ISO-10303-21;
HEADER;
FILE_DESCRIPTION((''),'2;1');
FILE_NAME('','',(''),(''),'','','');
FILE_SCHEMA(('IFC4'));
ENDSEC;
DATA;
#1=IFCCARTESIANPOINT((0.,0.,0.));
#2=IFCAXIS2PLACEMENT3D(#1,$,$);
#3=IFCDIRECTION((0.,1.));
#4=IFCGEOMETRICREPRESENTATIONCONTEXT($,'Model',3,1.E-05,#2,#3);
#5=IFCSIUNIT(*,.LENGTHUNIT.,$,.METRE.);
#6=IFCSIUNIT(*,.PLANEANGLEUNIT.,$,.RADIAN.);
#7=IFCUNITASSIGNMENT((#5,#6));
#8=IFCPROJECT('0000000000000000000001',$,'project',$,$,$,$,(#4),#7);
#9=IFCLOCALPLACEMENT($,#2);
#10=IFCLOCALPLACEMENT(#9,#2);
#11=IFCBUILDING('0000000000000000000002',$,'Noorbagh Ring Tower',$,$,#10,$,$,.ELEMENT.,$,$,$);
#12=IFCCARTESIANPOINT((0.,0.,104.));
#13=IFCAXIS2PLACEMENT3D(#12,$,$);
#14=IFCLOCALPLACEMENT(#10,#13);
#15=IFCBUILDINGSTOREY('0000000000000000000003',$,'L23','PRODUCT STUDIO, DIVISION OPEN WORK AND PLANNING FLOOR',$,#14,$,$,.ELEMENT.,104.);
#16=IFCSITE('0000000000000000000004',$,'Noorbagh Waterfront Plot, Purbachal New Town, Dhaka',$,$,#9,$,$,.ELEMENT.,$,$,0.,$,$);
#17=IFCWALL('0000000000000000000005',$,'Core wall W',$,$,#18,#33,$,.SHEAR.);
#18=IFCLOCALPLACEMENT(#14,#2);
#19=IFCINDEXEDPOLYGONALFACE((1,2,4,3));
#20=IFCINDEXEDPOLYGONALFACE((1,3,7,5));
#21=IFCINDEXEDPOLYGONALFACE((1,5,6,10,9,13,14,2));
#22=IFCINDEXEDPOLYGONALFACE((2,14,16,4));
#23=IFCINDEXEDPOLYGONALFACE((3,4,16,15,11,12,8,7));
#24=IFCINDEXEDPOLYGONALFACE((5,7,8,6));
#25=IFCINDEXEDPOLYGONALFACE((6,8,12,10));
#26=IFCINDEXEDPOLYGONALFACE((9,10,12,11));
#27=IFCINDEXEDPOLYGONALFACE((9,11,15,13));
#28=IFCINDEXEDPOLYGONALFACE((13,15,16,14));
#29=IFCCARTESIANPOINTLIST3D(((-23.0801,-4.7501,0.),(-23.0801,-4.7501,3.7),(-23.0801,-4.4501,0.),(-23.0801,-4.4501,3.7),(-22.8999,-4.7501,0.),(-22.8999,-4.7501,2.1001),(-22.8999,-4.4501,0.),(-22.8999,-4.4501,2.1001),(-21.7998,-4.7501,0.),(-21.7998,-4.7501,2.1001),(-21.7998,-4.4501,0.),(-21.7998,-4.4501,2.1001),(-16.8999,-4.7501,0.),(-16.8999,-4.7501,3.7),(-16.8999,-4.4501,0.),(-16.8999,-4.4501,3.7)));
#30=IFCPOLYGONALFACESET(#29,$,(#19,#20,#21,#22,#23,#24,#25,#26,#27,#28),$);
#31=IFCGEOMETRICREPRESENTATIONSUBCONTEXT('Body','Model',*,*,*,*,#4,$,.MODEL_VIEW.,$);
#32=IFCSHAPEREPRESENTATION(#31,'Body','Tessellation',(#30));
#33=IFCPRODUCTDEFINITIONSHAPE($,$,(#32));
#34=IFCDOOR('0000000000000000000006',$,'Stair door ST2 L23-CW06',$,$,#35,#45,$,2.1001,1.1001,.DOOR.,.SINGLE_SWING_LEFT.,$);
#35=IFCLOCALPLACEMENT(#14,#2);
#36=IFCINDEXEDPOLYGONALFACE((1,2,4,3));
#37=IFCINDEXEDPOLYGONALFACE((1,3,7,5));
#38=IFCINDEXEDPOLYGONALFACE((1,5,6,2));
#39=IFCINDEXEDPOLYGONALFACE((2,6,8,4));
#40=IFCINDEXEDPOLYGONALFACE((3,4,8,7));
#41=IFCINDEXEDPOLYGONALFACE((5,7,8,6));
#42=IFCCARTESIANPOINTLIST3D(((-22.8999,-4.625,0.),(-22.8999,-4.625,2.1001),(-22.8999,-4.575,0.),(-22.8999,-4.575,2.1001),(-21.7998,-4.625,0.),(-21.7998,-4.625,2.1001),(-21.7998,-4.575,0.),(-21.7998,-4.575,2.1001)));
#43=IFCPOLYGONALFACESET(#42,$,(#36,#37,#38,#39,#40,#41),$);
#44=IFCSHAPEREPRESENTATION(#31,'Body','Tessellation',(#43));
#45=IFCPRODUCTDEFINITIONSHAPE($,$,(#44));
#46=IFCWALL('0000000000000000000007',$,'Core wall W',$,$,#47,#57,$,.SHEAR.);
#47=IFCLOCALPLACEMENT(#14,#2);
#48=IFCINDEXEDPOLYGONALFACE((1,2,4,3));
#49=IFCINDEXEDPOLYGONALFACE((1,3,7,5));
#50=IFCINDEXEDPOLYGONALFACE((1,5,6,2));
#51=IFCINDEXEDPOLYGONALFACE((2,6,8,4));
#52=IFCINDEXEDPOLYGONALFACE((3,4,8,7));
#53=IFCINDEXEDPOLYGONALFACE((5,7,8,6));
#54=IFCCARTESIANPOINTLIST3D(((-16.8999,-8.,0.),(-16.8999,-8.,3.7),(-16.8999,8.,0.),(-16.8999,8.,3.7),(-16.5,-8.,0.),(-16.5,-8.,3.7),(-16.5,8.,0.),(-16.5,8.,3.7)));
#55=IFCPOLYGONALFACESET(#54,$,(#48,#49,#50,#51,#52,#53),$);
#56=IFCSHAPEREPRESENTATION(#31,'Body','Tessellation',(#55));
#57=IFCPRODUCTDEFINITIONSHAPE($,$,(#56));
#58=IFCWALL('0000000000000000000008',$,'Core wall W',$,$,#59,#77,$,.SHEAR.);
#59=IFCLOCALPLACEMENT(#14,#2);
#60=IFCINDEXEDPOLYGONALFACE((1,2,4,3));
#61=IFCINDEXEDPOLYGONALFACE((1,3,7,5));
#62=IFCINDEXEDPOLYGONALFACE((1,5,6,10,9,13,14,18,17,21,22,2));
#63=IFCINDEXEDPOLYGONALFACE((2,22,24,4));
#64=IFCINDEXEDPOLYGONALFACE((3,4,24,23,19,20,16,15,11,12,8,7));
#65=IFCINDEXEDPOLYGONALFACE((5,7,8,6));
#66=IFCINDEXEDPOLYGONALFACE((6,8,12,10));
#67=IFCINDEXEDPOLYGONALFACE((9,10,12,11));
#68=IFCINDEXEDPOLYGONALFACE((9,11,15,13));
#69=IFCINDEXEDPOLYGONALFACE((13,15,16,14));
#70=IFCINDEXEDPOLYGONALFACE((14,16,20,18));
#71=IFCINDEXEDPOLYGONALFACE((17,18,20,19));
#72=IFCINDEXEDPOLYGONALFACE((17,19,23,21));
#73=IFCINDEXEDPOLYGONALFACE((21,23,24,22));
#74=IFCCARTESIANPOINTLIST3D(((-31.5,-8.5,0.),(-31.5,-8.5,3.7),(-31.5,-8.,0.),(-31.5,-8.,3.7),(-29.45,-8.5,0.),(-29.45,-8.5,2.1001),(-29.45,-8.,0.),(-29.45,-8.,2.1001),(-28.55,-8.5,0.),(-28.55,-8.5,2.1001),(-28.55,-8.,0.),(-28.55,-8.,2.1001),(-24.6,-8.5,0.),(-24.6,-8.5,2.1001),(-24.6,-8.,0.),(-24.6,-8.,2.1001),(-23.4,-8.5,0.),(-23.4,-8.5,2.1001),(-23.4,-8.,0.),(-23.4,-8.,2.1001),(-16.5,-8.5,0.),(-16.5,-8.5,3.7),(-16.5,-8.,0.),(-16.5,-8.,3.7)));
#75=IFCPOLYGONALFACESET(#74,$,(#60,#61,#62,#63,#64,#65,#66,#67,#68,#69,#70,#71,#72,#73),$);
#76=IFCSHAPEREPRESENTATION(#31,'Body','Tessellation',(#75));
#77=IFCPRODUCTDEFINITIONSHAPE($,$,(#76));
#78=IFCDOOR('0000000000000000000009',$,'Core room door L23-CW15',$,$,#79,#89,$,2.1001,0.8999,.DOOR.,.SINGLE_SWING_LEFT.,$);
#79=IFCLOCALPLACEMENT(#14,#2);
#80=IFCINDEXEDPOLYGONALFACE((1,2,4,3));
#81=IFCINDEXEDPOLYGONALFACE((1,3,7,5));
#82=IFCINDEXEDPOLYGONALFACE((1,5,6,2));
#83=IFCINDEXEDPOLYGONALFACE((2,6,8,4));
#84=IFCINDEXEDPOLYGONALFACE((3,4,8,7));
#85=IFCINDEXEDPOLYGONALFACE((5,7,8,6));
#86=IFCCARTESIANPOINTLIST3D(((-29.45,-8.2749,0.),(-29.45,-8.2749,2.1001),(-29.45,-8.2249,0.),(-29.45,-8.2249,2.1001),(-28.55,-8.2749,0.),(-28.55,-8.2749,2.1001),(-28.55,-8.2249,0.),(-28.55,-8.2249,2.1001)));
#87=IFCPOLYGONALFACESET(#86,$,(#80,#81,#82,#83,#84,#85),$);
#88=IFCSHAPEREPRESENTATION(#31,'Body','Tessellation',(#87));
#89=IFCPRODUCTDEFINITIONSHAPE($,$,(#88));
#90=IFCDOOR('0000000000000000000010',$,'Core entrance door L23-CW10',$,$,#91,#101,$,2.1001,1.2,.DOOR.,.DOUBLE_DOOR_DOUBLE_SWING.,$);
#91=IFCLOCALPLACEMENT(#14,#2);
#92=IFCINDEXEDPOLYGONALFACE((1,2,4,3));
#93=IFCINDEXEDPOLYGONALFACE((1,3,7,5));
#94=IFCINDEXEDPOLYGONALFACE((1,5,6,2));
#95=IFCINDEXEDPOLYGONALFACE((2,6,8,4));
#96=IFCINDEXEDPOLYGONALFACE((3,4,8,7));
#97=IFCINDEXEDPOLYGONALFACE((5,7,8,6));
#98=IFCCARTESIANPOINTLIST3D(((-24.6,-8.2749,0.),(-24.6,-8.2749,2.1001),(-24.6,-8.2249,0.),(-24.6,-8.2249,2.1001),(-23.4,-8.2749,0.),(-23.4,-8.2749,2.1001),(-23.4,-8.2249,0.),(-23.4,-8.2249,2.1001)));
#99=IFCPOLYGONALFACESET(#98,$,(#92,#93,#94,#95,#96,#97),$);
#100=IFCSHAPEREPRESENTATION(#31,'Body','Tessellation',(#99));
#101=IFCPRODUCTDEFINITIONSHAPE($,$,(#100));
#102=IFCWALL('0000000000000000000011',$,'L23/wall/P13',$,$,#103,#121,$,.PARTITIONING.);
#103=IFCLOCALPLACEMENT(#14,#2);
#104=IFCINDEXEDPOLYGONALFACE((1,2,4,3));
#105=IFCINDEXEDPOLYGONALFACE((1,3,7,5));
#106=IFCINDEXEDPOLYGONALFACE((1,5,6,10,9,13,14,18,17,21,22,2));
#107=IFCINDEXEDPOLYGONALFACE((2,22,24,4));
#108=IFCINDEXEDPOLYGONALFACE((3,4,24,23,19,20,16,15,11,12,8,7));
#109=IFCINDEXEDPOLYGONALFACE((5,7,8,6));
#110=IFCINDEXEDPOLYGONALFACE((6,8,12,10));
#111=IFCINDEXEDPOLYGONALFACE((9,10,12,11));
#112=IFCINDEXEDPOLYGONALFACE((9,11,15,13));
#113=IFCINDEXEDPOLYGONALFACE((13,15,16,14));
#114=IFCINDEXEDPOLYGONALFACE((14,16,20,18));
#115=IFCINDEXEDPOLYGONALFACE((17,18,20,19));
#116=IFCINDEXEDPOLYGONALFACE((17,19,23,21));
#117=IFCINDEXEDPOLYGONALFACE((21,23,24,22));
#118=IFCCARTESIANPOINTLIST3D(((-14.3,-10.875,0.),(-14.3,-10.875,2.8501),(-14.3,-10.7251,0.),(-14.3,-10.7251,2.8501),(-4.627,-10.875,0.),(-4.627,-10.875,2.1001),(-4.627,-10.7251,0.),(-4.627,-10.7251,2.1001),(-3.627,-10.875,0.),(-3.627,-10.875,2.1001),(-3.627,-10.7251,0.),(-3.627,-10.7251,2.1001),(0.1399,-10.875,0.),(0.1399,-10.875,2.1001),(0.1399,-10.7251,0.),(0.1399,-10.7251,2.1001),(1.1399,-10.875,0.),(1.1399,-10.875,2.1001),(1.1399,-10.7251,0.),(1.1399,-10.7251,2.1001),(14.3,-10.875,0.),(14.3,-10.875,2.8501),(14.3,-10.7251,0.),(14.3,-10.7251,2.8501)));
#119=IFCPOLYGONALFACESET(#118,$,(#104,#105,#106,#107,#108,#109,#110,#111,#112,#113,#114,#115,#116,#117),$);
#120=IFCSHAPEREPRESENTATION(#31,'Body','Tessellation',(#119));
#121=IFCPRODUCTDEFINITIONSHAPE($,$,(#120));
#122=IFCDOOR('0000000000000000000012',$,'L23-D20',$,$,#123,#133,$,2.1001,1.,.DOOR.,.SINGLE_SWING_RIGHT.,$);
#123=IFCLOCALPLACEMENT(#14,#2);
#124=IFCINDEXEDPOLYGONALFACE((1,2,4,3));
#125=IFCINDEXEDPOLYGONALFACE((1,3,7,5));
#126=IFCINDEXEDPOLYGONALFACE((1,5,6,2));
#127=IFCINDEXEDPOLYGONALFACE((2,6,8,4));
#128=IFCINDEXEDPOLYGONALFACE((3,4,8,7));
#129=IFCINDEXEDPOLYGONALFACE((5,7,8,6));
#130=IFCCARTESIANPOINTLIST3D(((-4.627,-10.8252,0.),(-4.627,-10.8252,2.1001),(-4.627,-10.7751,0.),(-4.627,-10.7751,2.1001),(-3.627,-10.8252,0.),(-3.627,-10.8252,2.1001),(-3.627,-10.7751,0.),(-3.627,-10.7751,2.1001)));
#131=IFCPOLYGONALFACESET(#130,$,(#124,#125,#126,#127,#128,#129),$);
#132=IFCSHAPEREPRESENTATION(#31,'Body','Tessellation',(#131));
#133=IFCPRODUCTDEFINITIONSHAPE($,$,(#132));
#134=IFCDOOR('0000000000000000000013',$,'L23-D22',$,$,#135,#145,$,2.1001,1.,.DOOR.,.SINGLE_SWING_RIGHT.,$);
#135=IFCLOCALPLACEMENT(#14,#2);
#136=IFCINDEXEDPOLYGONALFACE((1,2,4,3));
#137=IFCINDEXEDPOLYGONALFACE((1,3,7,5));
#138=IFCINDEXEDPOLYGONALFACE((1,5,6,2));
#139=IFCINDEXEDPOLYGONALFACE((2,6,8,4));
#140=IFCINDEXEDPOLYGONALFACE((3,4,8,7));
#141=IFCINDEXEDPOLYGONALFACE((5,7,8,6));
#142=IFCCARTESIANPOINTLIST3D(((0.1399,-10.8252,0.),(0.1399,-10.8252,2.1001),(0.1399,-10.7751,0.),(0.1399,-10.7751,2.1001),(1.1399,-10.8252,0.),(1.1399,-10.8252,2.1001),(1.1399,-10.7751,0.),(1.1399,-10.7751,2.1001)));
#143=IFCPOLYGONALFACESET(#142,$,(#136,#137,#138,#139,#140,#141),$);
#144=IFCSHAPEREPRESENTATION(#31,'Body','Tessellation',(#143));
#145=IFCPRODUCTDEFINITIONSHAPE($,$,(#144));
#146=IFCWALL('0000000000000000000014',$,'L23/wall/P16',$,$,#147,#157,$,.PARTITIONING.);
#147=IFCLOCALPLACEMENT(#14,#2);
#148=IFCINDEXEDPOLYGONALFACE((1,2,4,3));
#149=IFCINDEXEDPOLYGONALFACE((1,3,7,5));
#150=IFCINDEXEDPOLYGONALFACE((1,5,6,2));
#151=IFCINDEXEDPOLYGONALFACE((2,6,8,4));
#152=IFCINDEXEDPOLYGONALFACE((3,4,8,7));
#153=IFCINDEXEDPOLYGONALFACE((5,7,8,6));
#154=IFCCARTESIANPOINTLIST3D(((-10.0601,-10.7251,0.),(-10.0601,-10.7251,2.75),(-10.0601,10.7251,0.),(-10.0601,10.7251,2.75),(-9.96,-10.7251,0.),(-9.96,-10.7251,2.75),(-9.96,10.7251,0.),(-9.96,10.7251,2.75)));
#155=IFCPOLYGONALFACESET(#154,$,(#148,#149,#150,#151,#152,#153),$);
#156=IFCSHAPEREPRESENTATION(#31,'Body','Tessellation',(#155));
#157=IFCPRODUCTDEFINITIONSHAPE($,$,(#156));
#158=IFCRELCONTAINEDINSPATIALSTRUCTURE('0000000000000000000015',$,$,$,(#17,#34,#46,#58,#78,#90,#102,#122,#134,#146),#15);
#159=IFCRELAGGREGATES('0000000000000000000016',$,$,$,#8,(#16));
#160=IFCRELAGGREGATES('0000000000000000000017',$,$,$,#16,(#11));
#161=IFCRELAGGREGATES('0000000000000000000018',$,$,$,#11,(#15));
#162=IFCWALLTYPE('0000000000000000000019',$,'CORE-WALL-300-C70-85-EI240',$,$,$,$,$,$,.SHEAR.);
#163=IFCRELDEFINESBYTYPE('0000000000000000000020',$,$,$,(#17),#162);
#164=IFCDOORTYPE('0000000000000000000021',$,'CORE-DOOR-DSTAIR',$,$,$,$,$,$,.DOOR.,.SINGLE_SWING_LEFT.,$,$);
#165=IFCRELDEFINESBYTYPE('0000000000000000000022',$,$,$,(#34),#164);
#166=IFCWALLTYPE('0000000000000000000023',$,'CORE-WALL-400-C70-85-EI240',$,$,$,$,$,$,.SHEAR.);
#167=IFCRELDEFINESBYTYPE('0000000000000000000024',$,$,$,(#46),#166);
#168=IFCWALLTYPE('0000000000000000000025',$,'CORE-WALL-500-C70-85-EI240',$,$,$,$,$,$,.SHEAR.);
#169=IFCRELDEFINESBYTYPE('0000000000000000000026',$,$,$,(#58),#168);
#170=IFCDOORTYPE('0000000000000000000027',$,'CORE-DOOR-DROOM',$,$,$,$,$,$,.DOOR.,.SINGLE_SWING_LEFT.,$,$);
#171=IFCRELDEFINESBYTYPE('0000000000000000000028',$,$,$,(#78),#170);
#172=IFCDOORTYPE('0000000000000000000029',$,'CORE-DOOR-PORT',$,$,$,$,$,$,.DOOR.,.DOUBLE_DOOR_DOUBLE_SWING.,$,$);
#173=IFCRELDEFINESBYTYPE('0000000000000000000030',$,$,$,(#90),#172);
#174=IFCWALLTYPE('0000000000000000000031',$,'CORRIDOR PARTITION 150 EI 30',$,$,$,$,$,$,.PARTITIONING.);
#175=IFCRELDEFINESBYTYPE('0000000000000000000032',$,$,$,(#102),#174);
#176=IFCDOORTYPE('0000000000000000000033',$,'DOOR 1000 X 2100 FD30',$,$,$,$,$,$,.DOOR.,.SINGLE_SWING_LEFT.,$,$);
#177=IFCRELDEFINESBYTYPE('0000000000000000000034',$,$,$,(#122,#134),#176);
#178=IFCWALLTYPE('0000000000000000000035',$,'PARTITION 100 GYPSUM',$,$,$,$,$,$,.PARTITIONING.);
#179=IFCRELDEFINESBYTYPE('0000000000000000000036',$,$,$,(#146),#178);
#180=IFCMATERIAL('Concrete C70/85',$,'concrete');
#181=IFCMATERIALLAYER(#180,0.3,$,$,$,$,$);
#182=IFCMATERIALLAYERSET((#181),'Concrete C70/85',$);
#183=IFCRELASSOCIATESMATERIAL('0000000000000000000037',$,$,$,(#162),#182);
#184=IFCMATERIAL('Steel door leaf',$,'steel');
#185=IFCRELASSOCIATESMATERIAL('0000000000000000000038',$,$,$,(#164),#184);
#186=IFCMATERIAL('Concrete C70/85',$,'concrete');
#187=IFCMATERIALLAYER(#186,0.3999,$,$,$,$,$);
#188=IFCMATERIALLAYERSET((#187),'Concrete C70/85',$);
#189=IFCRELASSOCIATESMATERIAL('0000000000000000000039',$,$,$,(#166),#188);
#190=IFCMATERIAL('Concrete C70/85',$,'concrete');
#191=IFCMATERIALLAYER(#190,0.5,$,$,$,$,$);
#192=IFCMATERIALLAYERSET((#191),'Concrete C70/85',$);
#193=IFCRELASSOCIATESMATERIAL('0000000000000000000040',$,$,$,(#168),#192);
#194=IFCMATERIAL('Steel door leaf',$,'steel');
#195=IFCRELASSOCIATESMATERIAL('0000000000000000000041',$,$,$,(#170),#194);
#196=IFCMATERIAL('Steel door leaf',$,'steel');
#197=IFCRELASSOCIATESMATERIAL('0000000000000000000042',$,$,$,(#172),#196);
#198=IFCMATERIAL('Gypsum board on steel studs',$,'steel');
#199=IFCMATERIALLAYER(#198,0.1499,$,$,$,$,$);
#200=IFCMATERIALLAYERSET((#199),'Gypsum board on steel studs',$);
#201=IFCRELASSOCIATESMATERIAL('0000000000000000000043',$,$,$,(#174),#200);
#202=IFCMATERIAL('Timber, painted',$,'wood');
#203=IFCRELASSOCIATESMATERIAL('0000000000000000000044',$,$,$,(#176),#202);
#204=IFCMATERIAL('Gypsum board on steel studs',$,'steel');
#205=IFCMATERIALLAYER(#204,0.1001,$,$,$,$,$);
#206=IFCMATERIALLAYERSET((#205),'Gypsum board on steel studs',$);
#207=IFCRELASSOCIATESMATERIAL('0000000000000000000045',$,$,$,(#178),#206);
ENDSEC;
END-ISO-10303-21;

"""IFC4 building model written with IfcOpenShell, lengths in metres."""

from ifc_helpers import new_model, si_unit, direction, frame, frame_2d, origin, place, context, subcontext, project, spatial, rectangle, extrude, material, layer, layer_set, type_object, element, fill, save


model = new_model("IFC4")

# Units and contexts
model_context = context("Model", 3, precision=1e-05, world=origin(), true_north=direction((0.0, 1.0)))
body_context = subcontext(model_context, "Body", "Model", "MODEL_VIEW")
ifc_project = project(units=[si_unit("LENGTHUNIT", "METRE"), si_unit("PLANEANGLEUNIT", "RADIAN")], contexts=[model_context])

# Site, building, storey
site_placement = place(None, origin())
site = spatial("IfcSite", under=ifc_project, at=site_placement, Name="Noorbagh Waterfront Plot, Purbachal New Town, Dhaka", CompositionType="ELEMENT", RefElevation=0.0)
building_placement = place(site_placement, origin())
building = spatial("IfcBuilding", under=site, at=building_placement, Name="Noorbagh Ring Tower", CompositionType="ELEMENT")
storey_placement = place(building_placement, frame((0.0, 0.0, 104.0)))
storey = spatial("IfcBuildingStorey", under=building, at=storey_placement, Name="L23", Description="PRODUCT STUDIO, DIVISION OPEN WORK AND PLANNING FLOOR", CompositionType="ELEMENT", Elevation=104.0)

# Wall, opening, door
ifc_material_1 = material(Name="Concrete C70/85", Category="concrete")
ifc_layer_1 = layer(ifc_material_1, 0.3)
ifc_layer_set_1 = layer_set([ifc_layer_1], Name="Concrete C70/85")
wall_type_1 = type_object("IfcWallType", Name="CORE-WALL-300-C70-85-EI240", PredefinedType="SHEAR", material=ifc_layer_set_1)
wall_1_placement = place(storey_placement, frame((-16.8999, -4.6001, 0.0), z_axis=(0.0, 0.0, 1.0), x_axis=(-1.0, 0.0, 0.0)))
wall_1 = element("IfcWall", 1, at=wall_1_placement, inside=storey, type_object=wall_type_1, Name="Core wall W", PredefinedType="SHEAR", context=body_context, shape_type="SweptSolid", body=[
    extrude(rectangle(XDim=6.1802, YDim=0.3, at=frame_2d((3.0901, 0.0))), origin(), (0.0, 0.0, 1.0), 3.7),
])
opening_1_placement = place(wall_1_placement, frame((4.8999, 0.0, 0.0)))
opening_1 = element("IfcOpeningElement", 2, at=opening_1_placement, cuts=wall_1, PredefinedType="OPENING", context=body_context, shape_type="SweptSolid", body=[
    extrude(rectangle(XDim=1.1001, YDim=2.1001, at=frame_2d((0.55, 1.05))), frame((0.0, 0.1602, 0.0), z_axis=(0.0, -1.0, 0.0), x_axis=(1.0, 0.0, 0.0)), (0.0, 0.0, 1.0), 0.3201),
])
ifc_material_2 = material(Name="Steel door leaf", Category="steel")
door_type_1 = type_object("IfcDoorType", Name="CORE-DOOR-DSTAIR", OperationType="SINGLE_SWING_LEFT", PredefinedType="DOOR", material=ifc_material_2)
door_1_placement = place(opening_1_placement, origin())
door_1 = element("IfcDoor", 3, at=door_1_placement, inside=storey, type_object=door_type_1, Name="Stair door ST2 L23-CW06", OperationType="SINGLE_SWING_LEFT", OverallHeight=2.1001, OverallWidth=1.1001, PredefinedType="DOOR", context=body_context, shape_type="SweptSolid", body=[
    extrude(rectangle(XDim=1.1001, YDim=2.1001, at=frame_2d((0.55, 1.05))), frame((0.0, 0.0249, 0.0), z_axis=(0.0, -1.0, 0.0), x_axis=(1.0, 0.0, 0.0)), (0.0, 0.0, 1.0), 0.05),
])
fill(opening_1, door_1)

# Wall
ifc_material_3 = material(Name="Concrete C70/85", Category="concrete")
ifc_layer_2 = layer(ifc_material_3, 0.3999)
ifc_layer_set_2 = layer_set([ifc_layer_2], Name="Concrete C70/85")
wall_type_2 = type_object("IfcWallType", Name="CORE-WALL-400-C70-85-EI240", PredefinedType="SHEAR", material=ifc_layer_set_2)
wall_2_placement = place(storey_placement, frame((-16.7, -8.0, 0.0), z_axis=(0.0, 0.0, 1.0), x_axis=(0.0, 1.0, 0.0)))
element("IfcWall", 4, at=wall_2_placement, inside=storey, type_object=wall_type_2, Name="Core wall W", PredefinedType="SHEAR", context=body_context, shape_type="SweptSolid", body=[
    extrude(rectangle(XDim=16.0, YDim=0.3999, at=frame_2d((8.0, 0.0))), origin(), (0.0, 0.0, 1.0), 3.7),
])

# Walls, openings, doors
ifc_material_4 = material(Name="Concrete C70/85", Category="concrete")
ifc_layer_3 = layer(ifc_material_4, 0.5)
ifc_layer_set_3 = layer_set([ifc_layer_3], Name="Concrete C70/85")
wall_type_3 = type_object("IfcWallType", Name="CORE-WALL-500-C70-85-EI240", PredefinedType="SHEAR", material=ifc_layer_set_3)
wall_3_placement = place(storey_placement, frame((-16.5, -8.25, 0.0), z_axis=(0.0, 0.0, 1.0), x_axis=(-1.0, 0.0, 0.0)))
wall_3 = element("IfcWall", 5, at=wall_3_placement, inside=storey, type_object=wall_type_3, Name="Core wall W", PredefinedType="SHEAR", context=body_context, shape_type="SweptSolid", body=[
    extrude(rectangle(XDim=15.0, YDim=0.5, at=frame_2d((7.5, 0.0))), origin(), (0.0, 0.0, 1.0), 3.7),
])
opening_2_placement = place(wall_3_placement, frame((6.8999, 0.0, 0.0)))
opening_2 = element("IfcOpeningElement", 6, at=opening_2_placement, cuts=wall_3, PredefinedType="OPENING", context=body_context, shape_type="SweptSolid", body=[
    extrude(rectangle(XDim=1.2, YDim=2.1001, at=frame_2d((0.6001, 1.05))), frame((0.0, 0.26, 0.0), z_axis=(0.0, -1.0, 0.0), x_axis=(1.0, 0.0, 0.0)), (0.0, 0.0, 1.0), 0.52),
])
opening_3_placement = place(wall_3_placement, frame((12.05, 0.0, 0.0)))
opening_3 = element("IfcOpeningElement", 7, at=opening_3_placement, cuts=wall_3, PredefinedType="OPENING", context=body_context, shape_type="SweptSolid", body=[
    extrude(rectangle(XDim=0.8999, YDim=2.1001, at=frame_2d((0.45, 1.05))), frame((0.0, 0.26, 0.0), z_axis=(0.0, -1.0, 0.0), x_axis=(1.0, 0.0, 0.0)), (0.0, 0.0, 1.0), 0.52),
])
ifc_material_5 = material(Name="Steel door leaf", Category="steel")
door_type_2 = type_object("IfcDoorType", Name="CORE-DOOR-DROOM", OperationType="SINGLE_SWING_LEFT", PredefinedType="DOOR", material=ifc_material_5)
door_2_placement = place(opening_3_placement, origin())
door_2 = element("IfcDoor", 8, at=door_2_placement, inside=storey, type_object=door_type_2, Name="Core room door L23-CW15", OperationType="SINGLE_SWING_LEFT", OverallHeight=2.1001, OverallWidth=0.8999, PredefinedType="DOOR", context=body_context, shape_type="SweptSolid", body=[
    extrude(rectangle(XDim=0.8999, YDim=2.1001, at=frame_2d((0.45, 1.05))), frame((0.0, 0.0249, 0.0), z_axis=(0.0, -1.0, 0.0), x_axis=(1.0, 0.0, 0.0)), (0.0, 0.0, 1.0), 0.05),
])
fill(opening_3, door_2)
ifc_material_6 = material(Name="Steel door leaf", Category="steel")
door_type_3 = type_object("IfcDoorType", Name="CORE-DOOR-PORT", OperationType="DOUBLE_DOOR_DOUBLE_SWING", PredefinedType="DOOR", material=ifc_material_6)
door_3_placement = place(opening_2_placement, origin())
door_3 = element("IfcDoor", 9, at=door_3_placement, inside=storey, type_object=door_type_3, Name="Core entrance door L23-CW10", OperationType="DOUBLE_DOOR_DOUBLE_SWING", OverallHeight=2.1001, OverallWidth=1.2, PredefinedType="DOOR", context=body_context, shape_type="SweptSolid", body=[
    extrude(rectangle(XDim=1.2, YDim=2.1001, at=frame_2d((0.6001, 1.05))), frame((0.0, 0.0249, 0.0), z_axis=(0.0, -1.0, 0.0), x_axis=(1.0, 0.0, 0.0)), (0.0, 0.0, 1.0), 0.05),
])
fill(opening_2, door_3)
ifc_material_7 = material(Name="Gypsum board on steel studs", Category="steel")
ifc_layer_4 = layer(ifc_material_7, 0.1499)
ifc_layer_set_4 = layer_set([ifc_layer_4], Name="Gypsum board on steel studs")
wall_type_4 = type_object("IfcWallType", Name="CORRIDOR PARTITION 150 EI 30", PredefinedType="PARTITIONING", material=ifc_layer_set_4)
wall_4_placement = place(storey_placement, frame((-14.3, -10.8, 0.0), z_axis=(0.0, 0.0, 1.0), x_axis=(1.0, 0.0, 0.0)))
wall_4 = element("IfcWall", 10, at=wall_4_placement, inside=storey, type_object=wall_type_4, Name="L23/wall/P13", PredefinedType="PARTITIONING", context=body_context, shape_type="SweptSolid", body=[
    extrude(rectangle(XDim=28.6001, YDim=0.1499, at=frame_2d((14.3, 0.0))), origin(), (0.0, 0.0, 1.0), 2.8501),
])
opening_4_placement = place(wall_4_placement, frame((9.6731, 0.0, 0.0)))
opening_4 = element("IfcOpeningElement", 11, at=opening_4_placement, cuts=wall_4, PredefinedType="OPENING", context=body_context, shape_type="SweptSolid", body=[
    extrude(rectangle(XDim=1.0, YDim=2.1001, at=frame_2d((0.5, 1.05))), frame((0.0, 0.085, 0.0), z_axis=(0.0, -1.0, 0.0), x_axis=(1.0, 0.0, 0.0)), (0.0, 0.0, 1.0), 0.1699),
])
opening_5_placement = place(wall_4_placement, frame((14.4399, 0.0, 0.0)))
opening_5 = element("IfcOpeningElement", 12, at=opening_5_placement, cuts=wall_4, PredefinedType="OPENING", context=body_context, shape_type="SweptSolid", body=[
    extrude(rectangle(XDim=1.0, YDim=2.1001, at=frame_2d((0.5, 1.05))), frame((0.0, 0.085, 0.0), z_axis=(0.0, -1.0, 0.0), x_axis=(1.0, 0.0, 0.0)), (0.0, 0.0, 1.0), 0.1699),
])
ifc_material_8 = material(Name="Timber, painted", Category="wood")
door_type_4 = type_object("IfcDoorType", Name="DOOR 1000 X 2100 FD30", OperationType="SINGLE_SWING_LEFT", PredefinedType="DOOR", material=ifc_material_8)
door_4_placement = place(opening_4_placement, origin())
door_4 = element("IfcDoor", 13, at=door_4_placement, inside=storey, type_object=door_type_4, Name="L23-D20", OperationType="SINGLE_SWING_RIGHT", OverallHeight=2.1001, OverallWidth=1.0, PredefinedType="DOOR", context=body_context, shape_type="SweptSolid", body=[
    extrude(rectangle(XDim=1.0, YDim=2.1001, at=frame_2d((0.5, 1.05))), frame((0.0, 0.0249, 0.0), z_axis=(0.0, -1.0, 0.0), x_axis=(1.0, 0.0, 0.0)), (0.0, 0.0, 1.0), 0.05),
])
fill(opening_4, door_4)
door_5_placement = place(opening_5_placement, origin())
door_5 = element("IfcDoor", 14, at=door_5_placement, inside=storey, type_object=door_type_4, Name="L23-D22", OperationType="SINGLE_SWING_RIGHT", OverallHeight=2.1001, OverallWidth=1.0, PredefinedType="DOOR", context=body_context, shape_type="SweptSolid", body=[
    extrude(rectangle(XDim=1.0, YDim=2.1001, at=frame_2d((0.5, 1.05))), frame((0.0, 0.0249, 0.0), z_axis=(0.0, -1.0, 0.0), x_axis=(1.0, 0.0, 0.0)), (0.0, 0.0, 1.0), 0.05),
])
fill(opening_5, door_5)

# Wall
ifc_material_9 = material(Name="Gypsum board on steel studs", Category="steel")
ifc_layer_5 = layer(ifc_material_9, 0.1001)
ifc_layer_set_5 = layer_set([ifc_layer_5], Name="Gypsum board on steel studs")
wall_type_5 = type_object("IfcWallType", Name="PARTITION 100 GYPSUM", PredefinedType="PARTITIONING", material=ifc_layer_set_5)
wall_5_placement = place(storey_placement, frame((-10.01, -10.7251, 0.0), z_axis=(0.0, 0.0, 1.0), x_axis=(0.0, 1.0, 0.0)))
element("IfcWall", 15, at=wall_5_placement, inside=storey, type_object=wall_type_5, Name="L23/wall/P16", PredefinedType="PARTITIONING", context=body_context, shape_type="SweptSolid", body=[
    extrude(rectangle(XDim=21.4502, YDim=0.1001, at=frame_2d((10.7251, 0.0))), origin(), (0.0, 0.0, 1.0), 2.75),
])

save(model, "model.ifc")
